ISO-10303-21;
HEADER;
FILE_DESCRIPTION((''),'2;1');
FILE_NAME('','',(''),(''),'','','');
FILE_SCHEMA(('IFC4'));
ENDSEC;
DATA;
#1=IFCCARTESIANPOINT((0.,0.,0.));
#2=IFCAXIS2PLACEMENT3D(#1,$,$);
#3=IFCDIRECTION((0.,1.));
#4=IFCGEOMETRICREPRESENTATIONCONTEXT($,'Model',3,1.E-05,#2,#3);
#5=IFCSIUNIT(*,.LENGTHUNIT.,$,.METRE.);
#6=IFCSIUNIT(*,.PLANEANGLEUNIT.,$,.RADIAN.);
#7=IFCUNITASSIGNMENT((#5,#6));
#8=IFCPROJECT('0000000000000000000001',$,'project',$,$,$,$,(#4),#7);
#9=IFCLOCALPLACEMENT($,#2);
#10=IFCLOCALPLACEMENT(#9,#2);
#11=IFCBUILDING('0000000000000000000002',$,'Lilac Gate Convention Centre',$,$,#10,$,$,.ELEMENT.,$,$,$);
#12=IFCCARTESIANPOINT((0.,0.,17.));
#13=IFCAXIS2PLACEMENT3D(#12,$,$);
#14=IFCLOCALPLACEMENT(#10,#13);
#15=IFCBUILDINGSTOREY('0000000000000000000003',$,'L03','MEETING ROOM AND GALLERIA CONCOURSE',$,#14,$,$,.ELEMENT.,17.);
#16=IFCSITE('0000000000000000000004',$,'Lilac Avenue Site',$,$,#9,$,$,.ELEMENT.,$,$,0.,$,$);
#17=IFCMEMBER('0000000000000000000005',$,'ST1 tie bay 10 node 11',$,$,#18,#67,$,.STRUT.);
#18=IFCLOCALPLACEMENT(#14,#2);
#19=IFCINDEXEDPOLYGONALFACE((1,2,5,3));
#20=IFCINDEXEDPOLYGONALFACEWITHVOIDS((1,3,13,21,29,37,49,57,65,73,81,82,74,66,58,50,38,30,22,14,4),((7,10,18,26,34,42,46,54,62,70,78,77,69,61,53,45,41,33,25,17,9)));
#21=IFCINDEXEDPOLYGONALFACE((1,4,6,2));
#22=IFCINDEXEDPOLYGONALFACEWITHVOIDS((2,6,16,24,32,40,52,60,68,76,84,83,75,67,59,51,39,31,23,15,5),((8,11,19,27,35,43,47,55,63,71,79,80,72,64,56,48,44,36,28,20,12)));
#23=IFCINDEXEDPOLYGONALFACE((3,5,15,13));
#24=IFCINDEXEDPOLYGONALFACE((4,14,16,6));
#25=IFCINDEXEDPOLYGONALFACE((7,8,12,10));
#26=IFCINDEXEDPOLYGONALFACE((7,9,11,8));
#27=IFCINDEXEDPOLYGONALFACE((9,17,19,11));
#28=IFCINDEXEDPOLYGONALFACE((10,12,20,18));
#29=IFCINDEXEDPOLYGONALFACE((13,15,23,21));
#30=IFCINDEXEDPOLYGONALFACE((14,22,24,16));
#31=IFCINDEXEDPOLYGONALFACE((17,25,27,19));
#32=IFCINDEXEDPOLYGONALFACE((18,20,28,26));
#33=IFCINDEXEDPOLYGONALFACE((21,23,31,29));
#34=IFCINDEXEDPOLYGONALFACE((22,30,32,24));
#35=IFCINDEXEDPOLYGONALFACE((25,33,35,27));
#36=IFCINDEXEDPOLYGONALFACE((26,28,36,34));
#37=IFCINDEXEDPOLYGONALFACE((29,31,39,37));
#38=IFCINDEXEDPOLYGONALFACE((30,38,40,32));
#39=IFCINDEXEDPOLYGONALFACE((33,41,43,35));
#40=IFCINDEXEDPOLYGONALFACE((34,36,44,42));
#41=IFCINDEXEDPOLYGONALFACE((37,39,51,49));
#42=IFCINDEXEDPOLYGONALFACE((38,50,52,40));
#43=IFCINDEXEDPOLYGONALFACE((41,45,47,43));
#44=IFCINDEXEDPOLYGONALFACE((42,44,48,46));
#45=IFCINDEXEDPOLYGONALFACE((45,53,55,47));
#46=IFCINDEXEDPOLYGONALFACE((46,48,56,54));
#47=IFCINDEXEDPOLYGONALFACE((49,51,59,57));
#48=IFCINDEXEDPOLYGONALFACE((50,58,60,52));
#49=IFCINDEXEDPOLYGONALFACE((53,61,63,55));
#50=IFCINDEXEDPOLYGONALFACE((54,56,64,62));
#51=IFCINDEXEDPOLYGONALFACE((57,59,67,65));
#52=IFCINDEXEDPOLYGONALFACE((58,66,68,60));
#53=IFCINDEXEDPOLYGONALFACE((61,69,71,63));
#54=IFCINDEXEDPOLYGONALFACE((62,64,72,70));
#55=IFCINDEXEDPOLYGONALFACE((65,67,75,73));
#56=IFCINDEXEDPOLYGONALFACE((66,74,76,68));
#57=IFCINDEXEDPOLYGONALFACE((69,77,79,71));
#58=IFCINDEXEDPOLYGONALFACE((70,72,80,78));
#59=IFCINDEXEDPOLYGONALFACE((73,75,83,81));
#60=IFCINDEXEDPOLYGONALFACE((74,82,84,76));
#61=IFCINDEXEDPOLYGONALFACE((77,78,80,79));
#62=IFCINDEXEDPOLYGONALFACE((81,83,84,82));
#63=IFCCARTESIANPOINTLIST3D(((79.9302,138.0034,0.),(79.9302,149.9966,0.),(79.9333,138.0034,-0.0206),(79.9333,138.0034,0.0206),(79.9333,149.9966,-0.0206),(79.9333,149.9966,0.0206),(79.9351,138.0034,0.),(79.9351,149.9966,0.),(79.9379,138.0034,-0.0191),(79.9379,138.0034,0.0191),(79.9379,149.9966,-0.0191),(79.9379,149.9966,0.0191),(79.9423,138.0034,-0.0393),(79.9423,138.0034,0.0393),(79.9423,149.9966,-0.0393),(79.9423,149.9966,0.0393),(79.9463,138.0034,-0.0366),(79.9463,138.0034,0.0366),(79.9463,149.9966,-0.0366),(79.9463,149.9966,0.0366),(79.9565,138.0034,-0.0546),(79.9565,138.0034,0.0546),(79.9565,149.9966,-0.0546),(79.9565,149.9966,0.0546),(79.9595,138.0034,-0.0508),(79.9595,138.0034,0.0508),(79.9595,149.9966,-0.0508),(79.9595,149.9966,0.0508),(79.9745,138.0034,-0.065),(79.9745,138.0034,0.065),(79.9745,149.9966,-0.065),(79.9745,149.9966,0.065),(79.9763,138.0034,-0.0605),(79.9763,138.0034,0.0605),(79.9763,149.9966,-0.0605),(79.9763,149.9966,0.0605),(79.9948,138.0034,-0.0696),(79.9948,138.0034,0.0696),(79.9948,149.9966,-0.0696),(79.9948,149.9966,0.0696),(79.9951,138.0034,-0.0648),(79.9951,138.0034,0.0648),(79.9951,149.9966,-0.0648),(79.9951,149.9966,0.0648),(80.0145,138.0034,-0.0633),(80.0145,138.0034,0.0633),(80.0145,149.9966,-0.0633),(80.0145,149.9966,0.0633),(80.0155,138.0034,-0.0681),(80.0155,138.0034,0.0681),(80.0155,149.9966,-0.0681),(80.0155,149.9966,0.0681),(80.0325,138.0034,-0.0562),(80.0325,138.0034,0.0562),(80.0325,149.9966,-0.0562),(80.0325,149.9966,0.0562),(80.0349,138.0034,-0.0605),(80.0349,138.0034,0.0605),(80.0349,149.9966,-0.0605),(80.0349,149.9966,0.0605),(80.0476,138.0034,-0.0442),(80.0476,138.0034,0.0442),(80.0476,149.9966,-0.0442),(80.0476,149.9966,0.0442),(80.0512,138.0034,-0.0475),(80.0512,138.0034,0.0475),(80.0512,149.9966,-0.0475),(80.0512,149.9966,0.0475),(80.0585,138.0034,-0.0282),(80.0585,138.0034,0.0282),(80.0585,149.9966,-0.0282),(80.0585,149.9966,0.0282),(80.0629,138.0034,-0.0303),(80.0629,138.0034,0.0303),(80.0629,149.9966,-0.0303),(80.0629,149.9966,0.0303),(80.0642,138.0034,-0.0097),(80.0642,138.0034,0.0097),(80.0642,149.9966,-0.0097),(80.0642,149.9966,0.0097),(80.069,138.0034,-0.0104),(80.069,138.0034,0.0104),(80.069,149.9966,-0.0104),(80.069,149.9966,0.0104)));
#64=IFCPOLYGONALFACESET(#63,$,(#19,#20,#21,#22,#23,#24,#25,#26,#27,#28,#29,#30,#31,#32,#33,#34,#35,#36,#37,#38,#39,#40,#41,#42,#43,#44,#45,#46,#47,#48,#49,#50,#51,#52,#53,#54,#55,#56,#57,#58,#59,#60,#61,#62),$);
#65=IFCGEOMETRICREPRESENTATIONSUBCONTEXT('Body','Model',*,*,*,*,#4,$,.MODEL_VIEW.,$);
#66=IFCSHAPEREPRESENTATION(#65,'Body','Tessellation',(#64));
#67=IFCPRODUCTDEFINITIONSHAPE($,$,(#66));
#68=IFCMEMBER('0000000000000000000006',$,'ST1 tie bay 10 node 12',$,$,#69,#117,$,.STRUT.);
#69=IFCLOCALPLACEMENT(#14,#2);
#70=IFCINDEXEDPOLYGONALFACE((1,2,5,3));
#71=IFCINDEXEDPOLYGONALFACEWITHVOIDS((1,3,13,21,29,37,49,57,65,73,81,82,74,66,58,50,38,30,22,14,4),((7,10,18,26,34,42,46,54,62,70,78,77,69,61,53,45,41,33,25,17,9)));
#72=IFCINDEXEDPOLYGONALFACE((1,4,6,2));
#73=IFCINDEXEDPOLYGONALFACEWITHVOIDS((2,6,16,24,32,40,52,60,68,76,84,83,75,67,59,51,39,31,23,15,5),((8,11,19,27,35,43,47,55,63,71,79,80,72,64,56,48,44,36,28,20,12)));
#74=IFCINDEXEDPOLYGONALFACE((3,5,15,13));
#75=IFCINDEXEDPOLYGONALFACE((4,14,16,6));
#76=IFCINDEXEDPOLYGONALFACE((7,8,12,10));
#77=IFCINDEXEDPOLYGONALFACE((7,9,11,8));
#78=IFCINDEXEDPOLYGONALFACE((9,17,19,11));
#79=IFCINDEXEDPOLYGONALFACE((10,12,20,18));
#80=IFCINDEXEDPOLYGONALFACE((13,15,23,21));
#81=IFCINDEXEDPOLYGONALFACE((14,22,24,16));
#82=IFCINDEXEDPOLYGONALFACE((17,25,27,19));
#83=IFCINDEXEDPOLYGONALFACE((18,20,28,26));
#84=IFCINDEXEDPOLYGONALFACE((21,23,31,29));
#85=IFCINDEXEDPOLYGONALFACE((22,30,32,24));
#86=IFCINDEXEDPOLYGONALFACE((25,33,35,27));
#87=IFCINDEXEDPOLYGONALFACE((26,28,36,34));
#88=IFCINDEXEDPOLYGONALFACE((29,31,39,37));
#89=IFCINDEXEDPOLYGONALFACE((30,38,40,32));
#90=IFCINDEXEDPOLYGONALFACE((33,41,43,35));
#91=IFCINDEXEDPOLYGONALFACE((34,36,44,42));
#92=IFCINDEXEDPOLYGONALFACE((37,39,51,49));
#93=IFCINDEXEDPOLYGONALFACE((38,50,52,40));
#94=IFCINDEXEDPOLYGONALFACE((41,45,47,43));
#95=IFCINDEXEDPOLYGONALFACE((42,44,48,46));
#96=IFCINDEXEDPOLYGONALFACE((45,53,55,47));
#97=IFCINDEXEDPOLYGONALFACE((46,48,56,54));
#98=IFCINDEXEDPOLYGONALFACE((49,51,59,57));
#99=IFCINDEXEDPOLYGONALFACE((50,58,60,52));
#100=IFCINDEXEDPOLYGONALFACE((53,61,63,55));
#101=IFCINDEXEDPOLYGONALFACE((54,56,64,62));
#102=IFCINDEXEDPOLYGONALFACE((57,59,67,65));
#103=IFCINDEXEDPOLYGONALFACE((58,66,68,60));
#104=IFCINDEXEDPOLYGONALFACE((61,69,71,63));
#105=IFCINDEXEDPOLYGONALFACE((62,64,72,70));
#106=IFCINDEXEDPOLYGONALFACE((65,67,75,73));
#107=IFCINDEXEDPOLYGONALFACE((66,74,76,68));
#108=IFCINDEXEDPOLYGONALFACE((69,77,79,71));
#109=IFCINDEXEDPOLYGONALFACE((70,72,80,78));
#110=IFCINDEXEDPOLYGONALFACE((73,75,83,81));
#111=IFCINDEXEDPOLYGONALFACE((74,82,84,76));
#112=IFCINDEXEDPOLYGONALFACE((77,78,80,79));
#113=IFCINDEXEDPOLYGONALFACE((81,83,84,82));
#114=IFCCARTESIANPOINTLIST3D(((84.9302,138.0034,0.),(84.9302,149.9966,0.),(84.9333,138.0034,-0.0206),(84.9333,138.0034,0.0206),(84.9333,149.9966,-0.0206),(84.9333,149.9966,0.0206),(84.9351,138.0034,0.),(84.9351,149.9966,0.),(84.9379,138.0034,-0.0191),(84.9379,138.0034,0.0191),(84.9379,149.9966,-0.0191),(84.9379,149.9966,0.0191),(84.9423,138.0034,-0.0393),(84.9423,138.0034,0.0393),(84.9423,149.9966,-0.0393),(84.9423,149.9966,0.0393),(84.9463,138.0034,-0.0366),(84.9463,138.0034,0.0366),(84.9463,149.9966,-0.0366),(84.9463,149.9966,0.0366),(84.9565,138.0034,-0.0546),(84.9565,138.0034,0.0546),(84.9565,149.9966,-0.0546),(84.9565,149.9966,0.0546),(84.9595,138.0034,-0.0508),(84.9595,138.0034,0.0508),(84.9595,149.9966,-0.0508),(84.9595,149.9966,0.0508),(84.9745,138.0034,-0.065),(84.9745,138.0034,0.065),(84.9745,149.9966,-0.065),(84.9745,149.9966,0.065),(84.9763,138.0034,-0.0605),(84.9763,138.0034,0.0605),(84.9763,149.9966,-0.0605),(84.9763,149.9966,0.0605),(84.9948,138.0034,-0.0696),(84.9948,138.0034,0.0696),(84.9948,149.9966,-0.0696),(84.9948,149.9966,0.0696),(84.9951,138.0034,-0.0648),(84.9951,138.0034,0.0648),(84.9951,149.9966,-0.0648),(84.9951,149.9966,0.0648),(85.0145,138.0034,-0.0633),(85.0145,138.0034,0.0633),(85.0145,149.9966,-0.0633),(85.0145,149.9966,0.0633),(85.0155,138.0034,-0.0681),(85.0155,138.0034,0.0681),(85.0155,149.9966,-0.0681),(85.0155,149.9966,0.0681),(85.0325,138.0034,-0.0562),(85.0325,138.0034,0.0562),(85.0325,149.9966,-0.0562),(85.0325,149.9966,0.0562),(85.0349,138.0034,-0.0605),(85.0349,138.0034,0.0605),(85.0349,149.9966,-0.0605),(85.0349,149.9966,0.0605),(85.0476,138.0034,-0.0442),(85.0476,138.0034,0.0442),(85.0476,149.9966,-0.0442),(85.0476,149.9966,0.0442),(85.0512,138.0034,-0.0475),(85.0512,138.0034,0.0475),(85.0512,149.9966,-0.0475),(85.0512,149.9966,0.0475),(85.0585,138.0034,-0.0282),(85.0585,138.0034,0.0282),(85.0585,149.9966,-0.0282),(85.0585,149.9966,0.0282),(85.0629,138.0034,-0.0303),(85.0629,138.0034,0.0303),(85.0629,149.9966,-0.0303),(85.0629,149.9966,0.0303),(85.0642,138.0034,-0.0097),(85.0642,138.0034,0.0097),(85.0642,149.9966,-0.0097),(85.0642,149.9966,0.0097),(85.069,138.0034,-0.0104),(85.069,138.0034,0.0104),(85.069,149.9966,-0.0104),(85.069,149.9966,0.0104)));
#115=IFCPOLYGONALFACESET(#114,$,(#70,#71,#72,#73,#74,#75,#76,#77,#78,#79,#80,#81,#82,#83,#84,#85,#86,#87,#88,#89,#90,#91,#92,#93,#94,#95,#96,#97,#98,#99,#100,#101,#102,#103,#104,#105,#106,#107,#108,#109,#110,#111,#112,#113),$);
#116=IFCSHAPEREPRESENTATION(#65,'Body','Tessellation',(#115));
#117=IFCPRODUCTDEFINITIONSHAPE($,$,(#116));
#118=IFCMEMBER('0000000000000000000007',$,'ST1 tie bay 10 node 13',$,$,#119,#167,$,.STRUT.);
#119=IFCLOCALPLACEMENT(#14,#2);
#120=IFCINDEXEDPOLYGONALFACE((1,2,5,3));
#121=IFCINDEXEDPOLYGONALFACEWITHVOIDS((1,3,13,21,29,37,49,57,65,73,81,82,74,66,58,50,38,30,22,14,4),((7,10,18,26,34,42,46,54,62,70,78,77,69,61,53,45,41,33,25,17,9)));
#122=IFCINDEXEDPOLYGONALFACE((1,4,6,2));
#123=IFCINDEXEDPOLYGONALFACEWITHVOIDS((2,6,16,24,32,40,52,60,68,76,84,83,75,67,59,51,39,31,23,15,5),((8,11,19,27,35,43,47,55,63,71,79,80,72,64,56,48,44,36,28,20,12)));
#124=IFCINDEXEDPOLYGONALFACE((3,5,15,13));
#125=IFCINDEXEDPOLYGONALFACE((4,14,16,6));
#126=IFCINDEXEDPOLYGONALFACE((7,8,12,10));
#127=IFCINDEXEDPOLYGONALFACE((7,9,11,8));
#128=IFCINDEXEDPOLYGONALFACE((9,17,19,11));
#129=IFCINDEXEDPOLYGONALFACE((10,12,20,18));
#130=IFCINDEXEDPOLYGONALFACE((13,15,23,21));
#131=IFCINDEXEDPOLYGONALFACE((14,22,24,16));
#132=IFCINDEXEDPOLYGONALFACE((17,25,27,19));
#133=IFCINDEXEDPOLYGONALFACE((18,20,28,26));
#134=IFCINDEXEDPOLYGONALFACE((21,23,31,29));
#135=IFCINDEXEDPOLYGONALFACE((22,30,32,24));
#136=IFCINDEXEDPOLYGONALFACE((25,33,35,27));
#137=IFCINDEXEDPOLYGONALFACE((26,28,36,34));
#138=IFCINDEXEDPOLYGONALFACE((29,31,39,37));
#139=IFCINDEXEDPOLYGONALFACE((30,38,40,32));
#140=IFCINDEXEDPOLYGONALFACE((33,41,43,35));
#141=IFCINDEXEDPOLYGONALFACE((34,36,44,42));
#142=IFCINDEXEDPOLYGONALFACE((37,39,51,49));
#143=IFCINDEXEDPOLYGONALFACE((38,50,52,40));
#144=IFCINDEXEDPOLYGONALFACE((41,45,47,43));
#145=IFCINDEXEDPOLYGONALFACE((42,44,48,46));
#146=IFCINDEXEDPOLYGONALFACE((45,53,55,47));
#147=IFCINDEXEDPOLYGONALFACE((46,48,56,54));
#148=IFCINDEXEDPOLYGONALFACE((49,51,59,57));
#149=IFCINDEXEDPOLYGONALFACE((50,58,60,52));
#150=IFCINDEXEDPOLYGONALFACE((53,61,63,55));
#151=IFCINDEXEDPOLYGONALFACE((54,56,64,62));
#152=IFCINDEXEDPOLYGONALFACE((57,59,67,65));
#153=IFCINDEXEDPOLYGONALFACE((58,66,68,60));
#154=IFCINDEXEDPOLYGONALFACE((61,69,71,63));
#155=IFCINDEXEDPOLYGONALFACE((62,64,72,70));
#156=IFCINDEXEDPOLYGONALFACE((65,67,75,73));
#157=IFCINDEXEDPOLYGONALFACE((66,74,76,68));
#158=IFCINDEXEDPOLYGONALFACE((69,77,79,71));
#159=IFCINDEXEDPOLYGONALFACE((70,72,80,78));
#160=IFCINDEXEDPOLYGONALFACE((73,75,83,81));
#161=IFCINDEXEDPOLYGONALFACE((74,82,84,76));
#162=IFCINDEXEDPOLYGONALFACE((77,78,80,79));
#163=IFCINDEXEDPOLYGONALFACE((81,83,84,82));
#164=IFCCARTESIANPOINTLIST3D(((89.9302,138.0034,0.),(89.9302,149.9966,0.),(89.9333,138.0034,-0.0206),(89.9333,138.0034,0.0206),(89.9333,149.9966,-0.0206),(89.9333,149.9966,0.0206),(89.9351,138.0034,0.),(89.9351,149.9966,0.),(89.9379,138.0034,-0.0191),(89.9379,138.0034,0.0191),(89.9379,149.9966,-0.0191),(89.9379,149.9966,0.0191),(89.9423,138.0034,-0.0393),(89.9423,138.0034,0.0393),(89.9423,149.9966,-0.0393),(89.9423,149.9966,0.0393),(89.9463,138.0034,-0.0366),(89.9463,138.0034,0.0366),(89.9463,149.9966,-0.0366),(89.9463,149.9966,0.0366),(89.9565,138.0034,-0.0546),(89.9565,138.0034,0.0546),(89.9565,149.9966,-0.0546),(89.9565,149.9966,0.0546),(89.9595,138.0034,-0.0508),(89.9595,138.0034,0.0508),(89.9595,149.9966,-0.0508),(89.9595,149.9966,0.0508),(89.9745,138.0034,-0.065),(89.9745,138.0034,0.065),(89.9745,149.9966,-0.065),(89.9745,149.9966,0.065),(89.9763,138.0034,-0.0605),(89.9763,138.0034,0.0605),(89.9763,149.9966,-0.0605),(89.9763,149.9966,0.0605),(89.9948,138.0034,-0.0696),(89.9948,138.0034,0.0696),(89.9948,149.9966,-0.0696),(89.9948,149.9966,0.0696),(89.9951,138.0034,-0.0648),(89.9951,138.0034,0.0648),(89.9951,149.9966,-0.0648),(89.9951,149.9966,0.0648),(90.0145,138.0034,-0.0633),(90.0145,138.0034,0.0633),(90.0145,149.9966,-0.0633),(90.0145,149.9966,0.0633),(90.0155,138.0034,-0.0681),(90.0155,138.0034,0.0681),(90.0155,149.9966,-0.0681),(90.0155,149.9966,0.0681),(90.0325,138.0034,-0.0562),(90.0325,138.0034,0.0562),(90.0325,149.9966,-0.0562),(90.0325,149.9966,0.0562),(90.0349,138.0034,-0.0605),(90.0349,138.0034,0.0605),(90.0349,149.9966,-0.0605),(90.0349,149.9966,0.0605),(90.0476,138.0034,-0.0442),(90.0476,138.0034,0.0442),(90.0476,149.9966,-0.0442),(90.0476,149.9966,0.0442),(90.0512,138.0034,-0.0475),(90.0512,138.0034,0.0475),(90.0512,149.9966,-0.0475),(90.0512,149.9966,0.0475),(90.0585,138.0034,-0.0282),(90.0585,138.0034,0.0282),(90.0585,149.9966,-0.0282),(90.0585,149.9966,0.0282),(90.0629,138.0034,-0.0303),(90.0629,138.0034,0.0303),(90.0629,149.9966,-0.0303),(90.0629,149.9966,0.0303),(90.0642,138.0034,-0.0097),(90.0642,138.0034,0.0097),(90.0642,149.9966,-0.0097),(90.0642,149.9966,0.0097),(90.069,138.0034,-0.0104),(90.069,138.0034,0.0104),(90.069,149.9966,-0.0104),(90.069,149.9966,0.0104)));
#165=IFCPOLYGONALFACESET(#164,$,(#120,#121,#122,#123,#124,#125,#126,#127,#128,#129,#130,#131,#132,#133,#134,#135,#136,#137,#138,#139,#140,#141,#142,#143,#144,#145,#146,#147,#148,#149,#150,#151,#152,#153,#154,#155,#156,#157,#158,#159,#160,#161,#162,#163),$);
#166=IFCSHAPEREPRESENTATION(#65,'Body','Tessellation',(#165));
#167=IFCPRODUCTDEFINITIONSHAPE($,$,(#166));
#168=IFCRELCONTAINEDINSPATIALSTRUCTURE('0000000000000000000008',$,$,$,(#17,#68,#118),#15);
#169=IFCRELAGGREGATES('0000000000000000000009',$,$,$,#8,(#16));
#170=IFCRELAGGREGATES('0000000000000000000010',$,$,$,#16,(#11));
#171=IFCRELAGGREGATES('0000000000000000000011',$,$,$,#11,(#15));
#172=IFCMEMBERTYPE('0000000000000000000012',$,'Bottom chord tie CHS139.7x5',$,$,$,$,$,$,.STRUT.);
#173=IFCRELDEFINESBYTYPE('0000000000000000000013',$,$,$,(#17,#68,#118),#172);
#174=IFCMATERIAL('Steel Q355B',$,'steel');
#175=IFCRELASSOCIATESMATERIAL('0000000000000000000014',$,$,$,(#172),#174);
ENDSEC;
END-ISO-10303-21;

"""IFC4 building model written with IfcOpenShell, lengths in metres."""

from ifc_helpers import new_model, si_unit, direction, frame, origin, origin_2d, place, context, subcontext, project, spatial, hollow_circle, extrude, material, material_profile, profile_set, type_object, element, save


model = new_model("IFC4")

# Units and contexts
model_context = context("Model", 3, precision=1e-05, world=origin(), true_north=direction((0.0, 1.0)))
body_context = subcontext(model_context, "Body", "Model", "MODEL_VIEW")
ifc_project = project(units=[si_unit("LENGTHUNIT", "METRE"), si_unit("PLANEANGLEUNIT", "RADIAN")], contexts=[model_context])

# Site, building, storey
site_placement = place(None, origin())
site = spatial("IfcSite", under=ifc_project, at=site_placement, Name="Lilac Avenue Site", CompositionType="ELEMENT", RefElevation=0.0)
building_placement = place(site_placement, origin())
building = spatial("IfcBuilding", under=site, at=building_placement, Name="Lilac Gate Convention Centre", CompositionType="ELEMENT")
storey_placement = place(building_placement, frame((0.0, 0.0, 17.0)))
storey = spatial("IfcBuildingStorey", under=building, at=storey_placement, Name="L03", Description="MEETING ROOM AND GALLERIA CONCOURSE", CompositionType="ELEMENT", Elevation=17.0)

# Members
ifc_material = material(Name="Steel Q355B", Category="steel")
ifc_material_profile_1 = material_profile(ifc_material, hollow_circle(Radius=0.0698, WallThickness=0.0049, at=origin_2d()), Name="CHS139.7x5")
ifc_profile_set_1 = profile_set([ifc_material_profile_1], Name="Steel Q355B")
member_type_1 = type_object("IfcMemberType", Name="Bottom chord tie CHS139.7x5", PredefinedType="STRUT", material=ifc_profile_set_1)
for number, where, z_axis, x_axis, name in (
    (1, (80.0, 138.0034, 0.0), (0.0, 1.0, 0.0), (-1.0, 0.0, 0.0), "ST1 tie bay 10 node 11"),
    (2, (85.0, 138.0034, 0.0), (0.0, 1.0, 0.0), (-1.0, 0.0, 0.0), "ST1 tie bay 10 node 12"),
    (3, (90.0, 138.0034, 0.0), (0.0, 1.0, 0.0), (-1.0, 0.0, 0.0), "ST1 tie bay 10 node 13"),
):
    element("IfcMember", number, at=place(storey_placement, frame(where, z_axis=z_axis, x_axis=x_axis)), inside=storey, type_object=member_type_1, Name=name, PredefinedType="STRUT", context=body_context, shape_type="SweptSolid", body=[
        extrude(hollow_circle(Radius=0.0698, WallThickness=0.0049, at=origin_2d()), origin(), (0.0, 0.0, 1.0), 11.9932),
    ])

save(model, "model.ifc")
